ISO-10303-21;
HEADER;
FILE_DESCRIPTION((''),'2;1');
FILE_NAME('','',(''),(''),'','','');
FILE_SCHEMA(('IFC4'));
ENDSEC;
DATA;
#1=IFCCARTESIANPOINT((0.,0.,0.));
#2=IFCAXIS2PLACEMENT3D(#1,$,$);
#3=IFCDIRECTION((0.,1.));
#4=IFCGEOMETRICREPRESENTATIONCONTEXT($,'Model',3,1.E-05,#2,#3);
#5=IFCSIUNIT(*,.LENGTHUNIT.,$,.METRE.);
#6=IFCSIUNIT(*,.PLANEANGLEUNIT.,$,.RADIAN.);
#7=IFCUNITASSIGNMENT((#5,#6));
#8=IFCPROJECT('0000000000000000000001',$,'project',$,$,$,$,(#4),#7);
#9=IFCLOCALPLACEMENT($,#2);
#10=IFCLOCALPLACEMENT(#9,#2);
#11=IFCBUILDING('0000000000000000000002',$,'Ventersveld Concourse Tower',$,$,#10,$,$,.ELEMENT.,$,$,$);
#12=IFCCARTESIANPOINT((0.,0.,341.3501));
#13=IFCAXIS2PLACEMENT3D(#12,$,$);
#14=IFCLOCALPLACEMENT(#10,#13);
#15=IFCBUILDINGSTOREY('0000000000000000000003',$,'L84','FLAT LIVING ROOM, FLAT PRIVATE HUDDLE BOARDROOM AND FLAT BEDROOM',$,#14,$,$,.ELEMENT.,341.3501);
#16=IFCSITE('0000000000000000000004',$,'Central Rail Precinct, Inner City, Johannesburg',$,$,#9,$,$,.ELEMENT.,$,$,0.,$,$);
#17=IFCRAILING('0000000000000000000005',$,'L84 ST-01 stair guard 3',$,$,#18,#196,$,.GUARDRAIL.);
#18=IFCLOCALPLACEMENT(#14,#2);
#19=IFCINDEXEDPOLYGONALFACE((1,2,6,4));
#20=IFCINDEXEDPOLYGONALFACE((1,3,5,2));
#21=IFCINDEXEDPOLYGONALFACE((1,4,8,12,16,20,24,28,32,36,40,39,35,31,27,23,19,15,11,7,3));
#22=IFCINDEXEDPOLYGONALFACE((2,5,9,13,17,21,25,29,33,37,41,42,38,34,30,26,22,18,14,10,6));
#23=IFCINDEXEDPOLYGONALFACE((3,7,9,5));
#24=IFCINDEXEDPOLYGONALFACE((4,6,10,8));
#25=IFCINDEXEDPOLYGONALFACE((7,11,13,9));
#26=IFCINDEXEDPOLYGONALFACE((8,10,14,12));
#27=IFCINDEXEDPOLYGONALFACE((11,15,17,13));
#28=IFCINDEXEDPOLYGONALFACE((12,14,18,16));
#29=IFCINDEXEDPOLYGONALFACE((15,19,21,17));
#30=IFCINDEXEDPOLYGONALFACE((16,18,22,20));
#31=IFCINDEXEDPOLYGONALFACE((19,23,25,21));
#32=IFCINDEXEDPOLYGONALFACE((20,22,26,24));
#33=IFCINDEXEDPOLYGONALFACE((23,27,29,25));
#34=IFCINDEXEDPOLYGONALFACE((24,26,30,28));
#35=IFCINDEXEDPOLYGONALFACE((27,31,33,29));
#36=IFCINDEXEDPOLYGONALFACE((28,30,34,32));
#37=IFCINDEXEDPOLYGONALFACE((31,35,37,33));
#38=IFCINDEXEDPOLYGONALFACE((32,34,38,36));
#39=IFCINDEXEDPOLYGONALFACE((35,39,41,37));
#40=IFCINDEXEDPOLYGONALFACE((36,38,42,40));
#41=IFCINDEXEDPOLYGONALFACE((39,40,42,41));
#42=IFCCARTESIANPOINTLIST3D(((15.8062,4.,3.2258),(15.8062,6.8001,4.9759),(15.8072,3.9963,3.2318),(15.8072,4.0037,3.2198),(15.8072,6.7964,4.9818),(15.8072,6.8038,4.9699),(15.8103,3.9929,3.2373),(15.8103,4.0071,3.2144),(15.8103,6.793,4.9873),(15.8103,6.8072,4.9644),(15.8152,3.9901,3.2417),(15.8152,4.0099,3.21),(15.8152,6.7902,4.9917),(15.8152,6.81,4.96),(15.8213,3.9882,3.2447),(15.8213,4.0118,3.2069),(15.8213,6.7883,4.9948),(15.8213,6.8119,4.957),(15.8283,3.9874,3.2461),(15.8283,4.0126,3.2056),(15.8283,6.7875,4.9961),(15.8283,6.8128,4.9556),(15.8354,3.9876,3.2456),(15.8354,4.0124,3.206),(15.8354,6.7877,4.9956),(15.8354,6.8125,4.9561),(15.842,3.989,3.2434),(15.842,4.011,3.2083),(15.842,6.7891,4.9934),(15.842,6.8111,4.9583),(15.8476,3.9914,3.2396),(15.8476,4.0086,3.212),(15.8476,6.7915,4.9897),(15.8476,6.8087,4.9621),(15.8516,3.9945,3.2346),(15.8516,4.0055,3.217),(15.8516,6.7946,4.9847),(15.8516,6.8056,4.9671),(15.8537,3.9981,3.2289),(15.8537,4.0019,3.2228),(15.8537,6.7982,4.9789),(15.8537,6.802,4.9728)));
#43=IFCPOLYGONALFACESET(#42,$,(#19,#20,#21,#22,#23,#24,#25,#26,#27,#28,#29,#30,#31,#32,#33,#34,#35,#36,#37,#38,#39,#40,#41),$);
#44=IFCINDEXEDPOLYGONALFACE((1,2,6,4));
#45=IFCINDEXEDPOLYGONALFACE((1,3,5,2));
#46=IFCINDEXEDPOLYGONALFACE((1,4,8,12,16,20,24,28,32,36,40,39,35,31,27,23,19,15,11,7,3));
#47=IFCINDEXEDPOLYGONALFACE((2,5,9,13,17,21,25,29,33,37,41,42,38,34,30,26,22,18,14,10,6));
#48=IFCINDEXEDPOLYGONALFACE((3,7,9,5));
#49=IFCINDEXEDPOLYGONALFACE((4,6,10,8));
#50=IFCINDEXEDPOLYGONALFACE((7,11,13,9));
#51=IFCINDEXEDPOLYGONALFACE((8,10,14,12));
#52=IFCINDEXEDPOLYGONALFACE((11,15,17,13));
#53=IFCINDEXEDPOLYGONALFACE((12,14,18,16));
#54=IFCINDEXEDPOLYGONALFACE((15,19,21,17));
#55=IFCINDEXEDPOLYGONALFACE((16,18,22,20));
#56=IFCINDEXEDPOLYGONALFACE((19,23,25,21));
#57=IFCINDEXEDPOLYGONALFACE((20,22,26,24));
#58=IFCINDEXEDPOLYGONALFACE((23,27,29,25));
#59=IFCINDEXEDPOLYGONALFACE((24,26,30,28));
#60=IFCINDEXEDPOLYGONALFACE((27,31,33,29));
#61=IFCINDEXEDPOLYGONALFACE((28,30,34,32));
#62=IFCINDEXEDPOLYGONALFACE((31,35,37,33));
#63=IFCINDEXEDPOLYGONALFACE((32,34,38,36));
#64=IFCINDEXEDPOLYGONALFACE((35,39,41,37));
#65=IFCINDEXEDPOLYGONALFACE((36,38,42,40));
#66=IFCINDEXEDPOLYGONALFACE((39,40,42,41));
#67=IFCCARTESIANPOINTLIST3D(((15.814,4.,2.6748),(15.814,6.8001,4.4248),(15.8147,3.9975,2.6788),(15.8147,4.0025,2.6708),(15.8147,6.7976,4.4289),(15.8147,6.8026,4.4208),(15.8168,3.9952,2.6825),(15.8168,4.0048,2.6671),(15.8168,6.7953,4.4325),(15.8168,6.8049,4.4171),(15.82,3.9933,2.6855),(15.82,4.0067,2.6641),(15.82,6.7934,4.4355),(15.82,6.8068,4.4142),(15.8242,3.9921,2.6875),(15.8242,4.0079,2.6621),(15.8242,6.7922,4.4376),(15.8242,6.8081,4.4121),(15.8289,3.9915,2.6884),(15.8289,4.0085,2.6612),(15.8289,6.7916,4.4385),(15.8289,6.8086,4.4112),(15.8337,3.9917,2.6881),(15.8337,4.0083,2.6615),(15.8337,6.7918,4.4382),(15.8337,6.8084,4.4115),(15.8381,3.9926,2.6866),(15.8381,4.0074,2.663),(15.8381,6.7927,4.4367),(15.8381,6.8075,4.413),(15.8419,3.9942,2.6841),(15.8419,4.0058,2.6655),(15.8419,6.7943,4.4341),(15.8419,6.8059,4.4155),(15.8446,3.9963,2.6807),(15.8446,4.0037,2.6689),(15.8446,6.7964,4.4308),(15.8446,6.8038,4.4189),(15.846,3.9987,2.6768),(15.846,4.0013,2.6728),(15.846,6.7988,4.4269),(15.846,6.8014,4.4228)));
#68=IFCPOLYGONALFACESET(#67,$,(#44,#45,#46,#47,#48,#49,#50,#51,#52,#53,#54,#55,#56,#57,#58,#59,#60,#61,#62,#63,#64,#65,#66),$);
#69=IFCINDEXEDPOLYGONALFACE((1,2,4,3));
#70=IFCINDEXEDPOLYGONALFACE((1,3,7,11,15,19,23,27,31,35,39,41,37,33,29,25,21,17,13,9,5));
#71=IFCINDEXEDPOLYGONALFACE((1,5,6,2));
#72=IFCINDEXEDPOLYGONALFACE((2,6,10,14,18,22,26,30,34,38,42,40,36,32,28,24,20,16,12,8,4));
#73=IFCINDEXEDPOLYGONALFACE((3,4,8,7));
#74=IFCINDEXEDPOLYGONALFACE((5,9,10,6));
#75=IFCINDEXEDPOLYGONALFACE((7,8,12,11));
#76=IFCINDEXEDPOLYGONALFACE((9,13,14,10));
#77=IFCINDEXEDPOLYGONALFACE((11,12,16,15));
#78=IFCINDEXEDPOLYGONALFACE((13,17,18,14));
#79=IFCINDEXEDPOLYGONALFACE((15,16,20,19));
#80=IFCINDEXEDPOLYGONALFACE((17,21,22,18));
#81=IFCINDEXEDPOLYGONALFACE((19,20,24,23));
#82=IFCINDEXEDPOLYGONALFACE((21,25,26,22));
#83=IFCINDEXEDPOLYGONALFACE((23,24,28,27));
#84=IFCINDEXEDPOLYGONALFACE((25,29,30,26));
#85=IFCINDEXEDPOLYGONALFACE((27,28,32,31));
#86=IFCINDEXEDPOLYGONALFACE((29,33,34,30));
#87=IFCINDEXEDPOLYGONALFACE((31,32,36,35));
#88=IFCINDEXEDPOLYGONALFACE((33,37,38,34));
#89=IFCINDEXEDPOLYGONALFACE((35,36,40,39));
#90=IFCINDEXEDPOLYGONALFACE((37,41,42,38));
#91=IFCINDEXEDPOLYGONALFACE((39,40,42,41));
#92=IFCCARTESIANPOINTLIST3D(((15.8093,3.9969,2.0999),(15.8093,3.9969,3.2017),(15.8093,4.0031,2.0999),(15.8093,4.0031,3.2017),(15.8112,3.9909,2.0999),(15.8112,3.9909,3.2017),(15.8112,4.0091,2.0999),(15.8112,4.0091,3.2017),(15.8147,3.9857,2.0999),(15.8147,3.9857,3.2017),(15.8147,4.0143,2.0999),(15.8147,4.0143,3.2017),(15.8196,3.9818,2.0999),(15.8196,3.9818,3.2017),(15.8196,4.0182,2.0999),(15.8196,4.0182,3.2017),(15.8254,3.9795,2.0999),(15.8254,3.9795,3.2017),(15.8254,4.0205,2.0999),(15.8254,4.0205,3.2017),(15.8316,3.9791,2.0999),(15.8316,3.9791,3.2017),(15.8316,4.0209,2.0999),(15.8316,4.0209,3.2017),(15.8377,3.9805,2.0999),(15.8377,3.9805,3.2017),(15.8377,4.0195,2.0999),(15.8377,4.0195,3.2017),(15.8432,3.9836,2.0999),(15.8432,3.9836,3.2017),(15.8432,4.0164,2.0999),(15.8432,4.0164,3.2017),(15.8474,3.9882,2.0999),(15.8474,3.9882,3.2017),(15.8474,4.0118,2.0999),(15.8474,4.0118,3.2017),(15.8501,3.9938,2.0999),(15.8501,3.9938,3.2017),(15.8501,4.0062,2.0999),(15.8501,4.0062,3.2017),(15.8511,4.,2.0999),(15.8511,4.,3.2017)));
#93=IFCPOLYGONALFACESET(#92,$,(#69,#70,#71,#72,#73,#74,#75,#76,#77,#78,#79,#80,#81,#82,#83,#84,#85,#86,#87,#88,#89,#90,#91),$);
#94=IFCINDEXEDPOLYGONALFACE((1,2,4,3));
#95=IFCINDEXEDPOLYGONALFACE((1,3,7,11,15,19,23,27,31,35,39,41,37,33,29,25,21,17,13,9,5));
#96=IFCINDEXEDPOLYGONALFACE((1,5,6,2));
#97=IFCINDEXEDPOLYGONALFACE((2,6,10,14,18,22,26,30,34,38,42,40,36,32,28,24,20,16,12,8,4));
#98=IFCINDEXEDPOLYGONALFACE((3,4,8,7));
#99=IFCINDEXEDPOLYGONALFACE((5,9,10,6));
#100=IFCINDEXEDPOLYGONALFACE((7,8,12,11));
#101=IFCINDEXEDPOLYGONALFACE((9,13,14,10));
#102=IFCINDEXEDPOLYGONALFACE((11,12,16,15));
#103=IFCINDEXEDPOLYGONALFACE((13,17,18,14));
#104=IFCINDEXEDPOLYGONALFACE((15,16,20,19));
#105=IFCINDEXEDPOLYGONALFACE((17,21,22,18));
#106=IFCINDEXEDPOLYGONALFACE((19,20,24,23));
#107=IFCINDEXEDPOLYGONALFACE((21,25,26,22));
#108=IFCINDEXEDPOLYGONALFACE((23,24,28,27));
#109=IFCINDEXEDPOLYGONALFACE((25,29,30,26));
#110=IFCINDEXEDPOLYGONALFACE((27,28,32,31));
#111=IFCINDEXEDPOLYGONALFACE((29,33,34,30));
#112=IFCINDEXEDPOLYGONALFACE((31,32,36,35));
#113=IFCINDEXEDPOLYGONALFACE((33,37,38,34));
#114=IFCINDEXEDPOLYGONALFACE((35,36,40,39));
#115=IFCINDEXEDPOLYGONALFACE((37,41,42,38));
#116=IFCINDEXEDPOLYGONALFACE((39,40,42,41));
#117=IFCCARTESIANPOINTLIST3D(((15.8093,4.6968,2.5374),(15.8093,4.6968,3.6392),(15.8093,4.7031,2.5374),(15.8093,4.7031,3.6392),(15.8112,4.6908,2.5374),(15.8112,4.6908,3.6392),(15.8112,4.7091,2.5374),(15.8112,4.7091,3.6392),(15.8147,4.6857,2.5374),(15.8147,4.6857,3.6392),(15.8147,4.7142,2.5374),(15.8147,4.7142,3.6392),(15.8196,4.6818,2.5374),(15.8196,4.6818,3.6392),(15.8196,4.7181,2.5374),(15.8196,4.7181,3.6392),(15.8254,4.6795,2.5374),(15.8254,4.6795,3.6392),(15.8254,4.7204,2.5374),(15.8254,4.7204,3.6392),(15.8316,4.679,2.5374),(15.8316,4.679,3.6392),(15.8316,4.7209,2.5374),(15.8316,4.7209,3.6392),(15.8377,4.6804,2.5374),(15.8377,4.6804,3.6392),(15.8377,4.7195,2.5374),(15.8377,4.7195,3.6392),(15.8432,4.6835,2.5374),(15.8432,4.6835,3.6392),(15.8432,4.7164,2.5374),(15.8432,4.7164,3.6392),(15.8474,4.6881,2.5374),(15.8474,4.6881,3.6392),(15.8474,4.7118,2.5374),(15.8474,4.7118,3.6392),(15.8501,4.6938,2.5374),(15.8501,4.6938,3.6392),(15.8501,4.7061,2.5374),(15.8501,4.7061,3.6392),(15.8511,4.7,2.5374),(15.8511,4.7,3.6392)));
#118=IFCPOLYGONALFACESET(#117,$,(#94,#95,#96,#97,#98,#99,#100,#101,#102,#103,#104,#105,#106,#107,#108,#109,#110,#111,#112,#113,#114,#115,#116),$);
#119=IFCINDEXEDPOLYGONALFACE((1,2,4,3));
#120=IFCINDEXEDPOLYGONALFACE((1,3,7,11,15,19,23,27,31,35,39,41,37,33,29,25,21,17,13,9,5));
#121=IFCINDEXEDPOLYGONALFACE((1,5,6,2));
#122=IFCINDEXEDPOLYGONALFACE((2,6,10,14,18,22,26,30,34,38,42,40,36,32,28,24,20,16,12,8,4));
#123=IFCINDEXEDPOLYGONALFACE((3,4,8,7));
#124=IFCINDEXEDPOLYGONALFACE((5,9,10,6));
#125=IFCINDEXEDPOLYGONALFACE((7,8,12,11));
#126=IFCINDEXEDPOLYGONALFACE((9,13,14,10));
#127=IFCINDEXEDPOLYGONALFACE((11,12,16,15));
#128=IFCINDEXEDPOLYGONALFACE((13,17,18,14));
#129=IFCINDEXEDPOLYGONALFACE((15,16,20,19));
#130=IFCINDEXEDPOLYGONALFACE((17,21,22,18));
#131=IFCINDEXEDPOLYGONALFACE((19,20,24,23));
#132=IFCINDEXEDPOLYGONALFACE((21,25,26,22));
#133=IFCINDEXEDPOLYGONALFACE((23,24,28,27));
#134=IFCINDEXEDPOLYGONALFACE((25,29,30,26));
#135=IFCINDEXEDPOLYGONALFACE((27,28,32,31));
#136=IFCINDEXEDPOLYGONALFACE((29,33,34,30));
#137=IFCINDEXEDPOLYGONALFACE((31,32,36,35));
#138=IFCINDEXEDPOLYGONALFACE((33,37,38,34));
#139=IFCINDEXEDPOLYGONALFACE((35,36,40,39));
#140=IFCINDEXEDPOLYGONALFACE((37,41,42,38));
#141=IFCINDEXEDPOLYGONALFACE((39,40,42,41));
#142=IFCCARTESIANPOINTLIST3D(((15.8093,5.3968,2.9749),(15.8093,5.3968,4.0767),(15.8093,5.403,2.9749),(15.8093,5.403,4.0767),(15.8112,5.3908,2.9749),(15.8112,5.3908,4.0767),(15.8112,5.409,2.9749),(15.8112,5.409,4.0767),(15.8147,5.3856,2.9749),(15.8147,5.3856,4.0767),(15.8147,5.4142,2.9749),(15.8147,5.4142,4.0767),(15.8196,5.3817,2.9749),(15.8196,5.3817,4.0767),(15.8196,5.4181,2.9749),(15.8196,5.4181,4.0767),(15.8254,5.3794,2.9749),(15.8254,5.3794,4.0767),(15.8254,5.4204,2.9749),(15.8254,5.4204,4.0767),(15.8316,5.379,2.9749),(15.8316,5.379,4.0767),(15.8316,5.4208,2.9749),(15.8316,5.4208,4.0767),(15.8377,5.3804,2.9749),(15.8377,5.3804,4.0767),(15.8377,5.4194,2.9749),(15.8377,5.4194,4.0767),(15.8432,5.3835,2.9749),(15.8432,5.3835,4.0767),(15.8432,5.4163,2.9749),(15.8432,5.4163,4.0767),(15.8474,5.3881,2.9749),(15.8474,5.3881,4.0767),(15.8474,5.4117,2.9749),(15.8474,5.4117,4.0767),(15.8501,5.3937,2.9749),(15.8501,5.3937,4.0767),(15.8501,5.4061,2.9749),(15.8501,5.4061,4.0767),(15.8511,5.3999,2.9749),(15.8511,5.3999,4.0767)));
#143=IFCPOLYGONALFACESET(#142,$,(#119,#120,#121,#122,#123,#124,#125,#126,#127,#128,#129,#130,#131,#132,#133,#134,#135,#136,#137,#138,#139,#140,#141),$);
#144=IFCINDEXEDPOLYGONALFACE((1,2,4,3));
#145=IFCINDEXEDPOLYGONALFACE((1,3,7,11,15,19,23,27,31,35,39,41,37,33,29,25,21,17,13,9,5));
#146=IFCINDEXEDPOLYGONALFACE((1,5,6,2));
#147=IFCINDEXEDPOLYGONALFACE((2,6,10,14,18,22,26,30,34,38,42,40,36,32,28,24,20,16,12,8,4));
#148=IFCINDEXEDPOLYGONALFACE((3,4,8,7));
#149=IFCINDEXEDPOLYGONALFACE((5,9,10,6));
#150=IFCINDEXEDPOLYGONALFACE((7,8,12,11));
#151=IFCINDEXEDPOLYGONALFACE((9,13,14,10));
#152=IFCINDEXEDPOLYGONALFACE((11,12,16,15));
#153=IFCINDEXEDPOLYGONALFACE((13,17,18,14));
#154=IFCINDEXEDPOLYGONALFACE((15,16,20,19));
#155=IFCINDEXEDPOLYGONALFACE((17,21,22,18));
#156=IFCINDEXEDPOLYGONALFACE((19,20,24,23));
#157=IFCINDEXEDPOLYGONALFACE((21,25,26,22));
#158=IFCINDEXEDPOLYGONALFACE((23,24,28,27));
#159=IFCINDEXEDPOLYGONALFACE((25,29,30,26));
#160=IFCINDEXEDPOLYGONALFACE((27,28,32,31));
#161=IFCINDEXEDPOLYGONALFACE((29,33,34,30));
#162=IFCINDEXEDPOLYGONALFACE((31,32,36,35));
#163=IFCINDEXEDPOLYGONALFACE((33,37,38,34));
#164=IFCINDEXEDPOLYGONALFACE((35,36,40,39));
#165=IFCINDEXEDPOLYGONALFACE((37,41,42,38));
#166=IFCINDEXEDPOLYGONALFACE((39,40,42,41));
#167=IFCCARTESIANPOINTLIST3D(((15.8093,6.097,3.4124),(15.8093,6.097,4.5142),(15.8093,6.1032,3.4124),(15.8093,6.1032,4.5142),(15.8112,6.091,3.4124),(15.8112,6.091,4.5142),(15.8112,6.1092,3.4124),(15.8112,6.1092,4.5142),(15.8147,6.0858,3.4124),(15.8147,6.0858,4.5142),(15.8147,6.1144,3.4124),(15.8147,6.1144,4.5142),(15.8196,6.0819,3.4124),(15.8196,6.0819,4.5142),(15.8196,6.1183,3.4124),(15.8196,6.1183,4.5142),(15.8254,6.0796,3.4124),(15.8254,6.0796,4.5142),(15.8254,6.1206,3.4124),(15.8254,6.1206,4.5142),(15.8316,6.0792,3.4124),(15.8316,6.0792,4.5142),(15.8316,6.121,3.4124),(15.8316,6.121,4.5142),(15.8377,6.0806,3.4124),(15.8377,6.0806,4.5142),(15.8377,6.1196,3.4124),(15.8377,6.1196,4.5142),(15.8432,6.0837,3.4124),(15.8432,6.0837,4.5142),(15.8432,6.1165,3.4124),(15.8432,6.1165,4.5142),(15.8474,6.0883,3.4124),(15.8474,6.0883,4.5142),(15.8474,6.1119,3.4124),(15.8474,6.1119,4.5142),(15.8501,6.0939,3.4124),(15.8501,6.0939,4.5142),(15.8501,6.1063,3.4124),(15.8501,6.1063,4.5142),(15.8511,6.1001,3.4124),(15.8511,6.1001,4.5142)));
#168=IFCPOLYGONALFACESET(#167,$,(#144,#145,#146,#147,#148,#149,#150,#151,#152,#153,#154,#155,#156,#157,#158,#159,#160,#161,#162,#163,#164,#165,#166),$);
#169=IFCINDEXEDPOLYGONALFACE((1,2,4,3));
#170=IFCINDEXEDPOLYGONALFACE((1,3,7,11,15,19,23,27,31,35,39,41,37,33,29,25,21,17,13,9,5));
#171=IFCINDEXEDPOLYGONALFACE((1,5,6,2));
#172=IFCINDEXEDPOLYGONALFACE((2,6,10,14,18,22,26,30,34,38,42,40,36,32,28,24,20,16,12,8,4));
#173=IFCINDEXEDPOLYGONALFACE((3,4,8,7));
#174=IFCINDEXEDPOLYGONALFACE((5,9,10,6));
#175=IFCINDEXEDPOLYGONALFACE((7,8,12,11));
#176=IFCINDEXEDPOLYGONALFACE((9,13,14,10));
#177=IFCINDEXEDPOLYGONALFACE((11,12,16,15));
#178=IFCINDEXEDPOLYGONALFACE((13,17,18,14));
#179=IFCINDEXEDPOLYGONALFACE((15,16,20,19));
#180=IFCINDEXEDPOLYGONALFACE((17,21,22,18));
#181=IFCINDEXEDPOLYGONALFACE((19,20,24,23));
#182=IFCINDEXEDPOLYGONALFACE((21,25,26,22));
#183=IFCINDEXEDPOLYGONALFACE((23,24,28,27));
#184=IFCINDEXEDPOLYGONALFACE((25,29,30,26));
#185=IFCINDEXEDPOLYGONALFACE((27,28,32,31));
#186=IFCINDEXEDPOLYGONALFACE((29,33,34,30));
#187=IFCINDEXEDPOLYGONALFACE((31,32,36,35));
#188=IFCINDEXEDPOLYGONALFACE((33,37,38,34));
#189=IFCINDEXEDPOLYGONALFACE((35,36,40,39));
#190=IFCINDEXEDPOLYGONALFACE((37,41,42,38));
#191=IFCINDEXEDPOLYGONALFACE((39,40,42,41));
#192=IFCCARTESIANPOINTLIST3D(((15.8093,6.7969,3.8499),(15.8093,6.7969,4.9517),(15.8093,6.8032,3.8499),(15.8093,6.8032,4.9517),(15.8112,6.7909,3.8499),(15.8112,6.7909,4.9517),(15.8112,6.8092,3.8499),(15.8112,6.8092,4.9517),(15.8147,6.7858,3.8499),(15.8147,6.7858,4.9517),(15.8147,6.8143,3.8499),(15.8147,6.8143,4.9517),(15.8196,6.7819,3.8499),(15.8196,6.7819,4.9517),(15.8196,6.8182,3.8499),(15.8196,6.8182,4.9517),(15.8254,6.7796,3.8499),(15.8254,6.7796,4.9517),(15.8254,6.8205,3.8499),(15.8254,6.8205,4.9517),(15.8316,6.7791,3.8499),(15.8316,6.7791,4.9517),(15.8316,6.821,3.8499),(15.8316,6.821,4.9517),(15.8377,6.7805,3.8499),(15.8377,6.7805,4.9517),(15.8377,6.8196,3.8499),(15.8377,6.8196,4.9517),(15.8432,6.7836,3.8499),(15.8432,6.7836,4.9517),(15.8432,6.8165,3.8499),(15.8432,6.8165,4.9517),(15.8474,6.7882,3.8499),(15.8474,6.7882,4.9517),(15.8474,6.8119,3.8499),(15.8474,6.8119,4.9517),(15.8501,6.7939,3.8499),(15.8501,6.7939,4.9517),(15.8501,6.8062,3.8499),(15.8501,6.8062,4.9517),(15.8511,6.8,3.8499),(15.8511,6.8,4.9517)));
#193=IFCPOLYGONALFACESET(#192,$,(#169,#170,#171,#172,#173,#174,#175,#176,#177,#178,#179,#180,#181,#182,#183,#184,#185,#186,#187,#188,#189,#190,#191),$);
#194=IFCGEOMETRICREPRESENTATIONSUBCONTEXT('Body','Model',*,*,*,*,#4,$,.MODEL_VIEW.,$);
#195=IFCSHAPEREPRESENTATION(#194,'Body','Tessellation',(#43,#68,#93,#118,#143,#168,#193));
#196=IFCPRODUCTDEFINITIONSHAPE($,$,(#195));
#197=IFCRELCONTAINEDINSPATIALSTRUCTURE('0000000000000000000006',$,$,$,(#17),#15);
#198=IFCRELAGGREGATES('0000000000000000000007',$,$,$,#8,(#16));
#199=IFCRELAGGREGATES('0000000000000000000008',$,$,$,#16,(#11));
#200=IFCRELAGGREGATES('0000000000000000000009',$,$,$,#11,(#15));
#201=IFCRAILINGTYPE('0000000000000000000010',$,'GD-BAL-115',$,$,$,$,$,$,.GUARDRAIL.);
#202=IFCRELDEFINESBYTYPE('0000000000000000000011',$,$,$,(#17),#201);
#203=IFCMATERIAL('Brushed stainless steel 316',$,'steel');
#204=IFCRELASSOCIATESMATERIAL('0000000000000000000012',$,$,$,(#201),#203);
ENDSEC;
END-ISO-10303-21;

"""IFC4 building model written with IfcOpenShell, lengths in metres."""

from ifc_helpers import new_model, si_unit, direction, frame, origin, origin_2d, place, context, subcontext, project, spatial, circle, extrude, material, type_object, element, save


model = new_model("IFC4")

# Units and contexts
model_context = context("Model", 3, precision=1e-05, world=origin(), true_north=direction((0.0, 1.0)))
body_context = subcontext(model_context, "Body", "Model", "MODEL_VIEW")
ifc_project = project(units=[si_unit("LENGTHUNIT", "METRE"), si_unit("PLANEANGLEUNIT", "RADIAN")], contexts=[model_context])

# Site, building, storey
site_placement = place(None, origin())
site = spatial("IfcSite", under=ifc_project, at=site_placement, Name="Central Rail Precinct, Inner City, Johannesburg", CompositionType="ELEMENT", RefElevation=0.0)
building_placement = place(site_placement, origin())
building = spatial("IfcBuilding", under=site, at=building_placement, Name="Ventersveld Concourse Tower", CompositionType="ELEMENT")
storey_placement = place(building_placement, frame((0.0, 0.0, 341.3501)))
storey = spatial("IfcBuildingStorey", under=building, at=storey_placement, Name="L84", Description="FLAT LIVING ROOM, FLAT PRIVATE HUDDLE BOARDROOM AND FLAT BEDROOM", CompositionType="ELEMENT", Elevation=341.3501)

# Railing
ifc_material_1 = material(Name="Brushed stainless steel 316", Category="steel")
railing_type_1 = type_object("IfcRailingType", Name="GD-BAL-115", PredefinedType="GUARDRAIL", material=ifc_material_1)
railing_1_placement = place(storey_placement, frame((15.8301, 4.0, 2.0999)))
element("IfcRailing", 1, at=railing_1_placement, inside=storey, type_object=railing_type_1, Name="L84 ST-01 stair guard 3", PredefinedType="GUARDRAIL", context=body_context, shape_type="SweptSolid", body=[
    extrude(circle(Radius=0.0239, at=origin_2d()), frame((0.0, 0.0, 1.126), z_axis=(0.0, 0.848002, 0.529992), x_axis=(-1.0, 0.0, 0.0)), (0.0, 0.0, 1.0), 3.302),
    extrude(circle(Radius=0.0161, at=origin_2d()), frame((0.0, 0.0, 0.575), z_axis=(0.0, 0.848002, 0.529992), x_axis=(-1.0, 0.0, 0.0)), (0.0, 0.0, 1.0), 3.302),
    extrude(circle(Radius=0.021, at=origin_2d()), origin(), (0.0, 0.0, 1.0), 1.1018),
    extrude(circle(Radius=0.021, at=origin_2d()), frame((0.0, 0.7, 0.4375)), (0.0, 0.0, 1.0), 1.1018),
    extrude(circle(Radius=0.021, at=origin_2d()), frame((0.0, 1.3999, 0.875)), (0.0, 0.0, 1.0), 1.1018),
    extrude(circle(Radius=0.021, at=origin_2d()), frame((0.0, 2.1001, 1.3125)), (0.0, 0.0, 1.0), 1.1018),
    extrude(circle(Radius=0.021, at=origin_2d()), frame((0.0, 2.8, 1.75)), (0.0, 0.0, 1.0), 1.1018),
])

save(model, "model.ifc")
